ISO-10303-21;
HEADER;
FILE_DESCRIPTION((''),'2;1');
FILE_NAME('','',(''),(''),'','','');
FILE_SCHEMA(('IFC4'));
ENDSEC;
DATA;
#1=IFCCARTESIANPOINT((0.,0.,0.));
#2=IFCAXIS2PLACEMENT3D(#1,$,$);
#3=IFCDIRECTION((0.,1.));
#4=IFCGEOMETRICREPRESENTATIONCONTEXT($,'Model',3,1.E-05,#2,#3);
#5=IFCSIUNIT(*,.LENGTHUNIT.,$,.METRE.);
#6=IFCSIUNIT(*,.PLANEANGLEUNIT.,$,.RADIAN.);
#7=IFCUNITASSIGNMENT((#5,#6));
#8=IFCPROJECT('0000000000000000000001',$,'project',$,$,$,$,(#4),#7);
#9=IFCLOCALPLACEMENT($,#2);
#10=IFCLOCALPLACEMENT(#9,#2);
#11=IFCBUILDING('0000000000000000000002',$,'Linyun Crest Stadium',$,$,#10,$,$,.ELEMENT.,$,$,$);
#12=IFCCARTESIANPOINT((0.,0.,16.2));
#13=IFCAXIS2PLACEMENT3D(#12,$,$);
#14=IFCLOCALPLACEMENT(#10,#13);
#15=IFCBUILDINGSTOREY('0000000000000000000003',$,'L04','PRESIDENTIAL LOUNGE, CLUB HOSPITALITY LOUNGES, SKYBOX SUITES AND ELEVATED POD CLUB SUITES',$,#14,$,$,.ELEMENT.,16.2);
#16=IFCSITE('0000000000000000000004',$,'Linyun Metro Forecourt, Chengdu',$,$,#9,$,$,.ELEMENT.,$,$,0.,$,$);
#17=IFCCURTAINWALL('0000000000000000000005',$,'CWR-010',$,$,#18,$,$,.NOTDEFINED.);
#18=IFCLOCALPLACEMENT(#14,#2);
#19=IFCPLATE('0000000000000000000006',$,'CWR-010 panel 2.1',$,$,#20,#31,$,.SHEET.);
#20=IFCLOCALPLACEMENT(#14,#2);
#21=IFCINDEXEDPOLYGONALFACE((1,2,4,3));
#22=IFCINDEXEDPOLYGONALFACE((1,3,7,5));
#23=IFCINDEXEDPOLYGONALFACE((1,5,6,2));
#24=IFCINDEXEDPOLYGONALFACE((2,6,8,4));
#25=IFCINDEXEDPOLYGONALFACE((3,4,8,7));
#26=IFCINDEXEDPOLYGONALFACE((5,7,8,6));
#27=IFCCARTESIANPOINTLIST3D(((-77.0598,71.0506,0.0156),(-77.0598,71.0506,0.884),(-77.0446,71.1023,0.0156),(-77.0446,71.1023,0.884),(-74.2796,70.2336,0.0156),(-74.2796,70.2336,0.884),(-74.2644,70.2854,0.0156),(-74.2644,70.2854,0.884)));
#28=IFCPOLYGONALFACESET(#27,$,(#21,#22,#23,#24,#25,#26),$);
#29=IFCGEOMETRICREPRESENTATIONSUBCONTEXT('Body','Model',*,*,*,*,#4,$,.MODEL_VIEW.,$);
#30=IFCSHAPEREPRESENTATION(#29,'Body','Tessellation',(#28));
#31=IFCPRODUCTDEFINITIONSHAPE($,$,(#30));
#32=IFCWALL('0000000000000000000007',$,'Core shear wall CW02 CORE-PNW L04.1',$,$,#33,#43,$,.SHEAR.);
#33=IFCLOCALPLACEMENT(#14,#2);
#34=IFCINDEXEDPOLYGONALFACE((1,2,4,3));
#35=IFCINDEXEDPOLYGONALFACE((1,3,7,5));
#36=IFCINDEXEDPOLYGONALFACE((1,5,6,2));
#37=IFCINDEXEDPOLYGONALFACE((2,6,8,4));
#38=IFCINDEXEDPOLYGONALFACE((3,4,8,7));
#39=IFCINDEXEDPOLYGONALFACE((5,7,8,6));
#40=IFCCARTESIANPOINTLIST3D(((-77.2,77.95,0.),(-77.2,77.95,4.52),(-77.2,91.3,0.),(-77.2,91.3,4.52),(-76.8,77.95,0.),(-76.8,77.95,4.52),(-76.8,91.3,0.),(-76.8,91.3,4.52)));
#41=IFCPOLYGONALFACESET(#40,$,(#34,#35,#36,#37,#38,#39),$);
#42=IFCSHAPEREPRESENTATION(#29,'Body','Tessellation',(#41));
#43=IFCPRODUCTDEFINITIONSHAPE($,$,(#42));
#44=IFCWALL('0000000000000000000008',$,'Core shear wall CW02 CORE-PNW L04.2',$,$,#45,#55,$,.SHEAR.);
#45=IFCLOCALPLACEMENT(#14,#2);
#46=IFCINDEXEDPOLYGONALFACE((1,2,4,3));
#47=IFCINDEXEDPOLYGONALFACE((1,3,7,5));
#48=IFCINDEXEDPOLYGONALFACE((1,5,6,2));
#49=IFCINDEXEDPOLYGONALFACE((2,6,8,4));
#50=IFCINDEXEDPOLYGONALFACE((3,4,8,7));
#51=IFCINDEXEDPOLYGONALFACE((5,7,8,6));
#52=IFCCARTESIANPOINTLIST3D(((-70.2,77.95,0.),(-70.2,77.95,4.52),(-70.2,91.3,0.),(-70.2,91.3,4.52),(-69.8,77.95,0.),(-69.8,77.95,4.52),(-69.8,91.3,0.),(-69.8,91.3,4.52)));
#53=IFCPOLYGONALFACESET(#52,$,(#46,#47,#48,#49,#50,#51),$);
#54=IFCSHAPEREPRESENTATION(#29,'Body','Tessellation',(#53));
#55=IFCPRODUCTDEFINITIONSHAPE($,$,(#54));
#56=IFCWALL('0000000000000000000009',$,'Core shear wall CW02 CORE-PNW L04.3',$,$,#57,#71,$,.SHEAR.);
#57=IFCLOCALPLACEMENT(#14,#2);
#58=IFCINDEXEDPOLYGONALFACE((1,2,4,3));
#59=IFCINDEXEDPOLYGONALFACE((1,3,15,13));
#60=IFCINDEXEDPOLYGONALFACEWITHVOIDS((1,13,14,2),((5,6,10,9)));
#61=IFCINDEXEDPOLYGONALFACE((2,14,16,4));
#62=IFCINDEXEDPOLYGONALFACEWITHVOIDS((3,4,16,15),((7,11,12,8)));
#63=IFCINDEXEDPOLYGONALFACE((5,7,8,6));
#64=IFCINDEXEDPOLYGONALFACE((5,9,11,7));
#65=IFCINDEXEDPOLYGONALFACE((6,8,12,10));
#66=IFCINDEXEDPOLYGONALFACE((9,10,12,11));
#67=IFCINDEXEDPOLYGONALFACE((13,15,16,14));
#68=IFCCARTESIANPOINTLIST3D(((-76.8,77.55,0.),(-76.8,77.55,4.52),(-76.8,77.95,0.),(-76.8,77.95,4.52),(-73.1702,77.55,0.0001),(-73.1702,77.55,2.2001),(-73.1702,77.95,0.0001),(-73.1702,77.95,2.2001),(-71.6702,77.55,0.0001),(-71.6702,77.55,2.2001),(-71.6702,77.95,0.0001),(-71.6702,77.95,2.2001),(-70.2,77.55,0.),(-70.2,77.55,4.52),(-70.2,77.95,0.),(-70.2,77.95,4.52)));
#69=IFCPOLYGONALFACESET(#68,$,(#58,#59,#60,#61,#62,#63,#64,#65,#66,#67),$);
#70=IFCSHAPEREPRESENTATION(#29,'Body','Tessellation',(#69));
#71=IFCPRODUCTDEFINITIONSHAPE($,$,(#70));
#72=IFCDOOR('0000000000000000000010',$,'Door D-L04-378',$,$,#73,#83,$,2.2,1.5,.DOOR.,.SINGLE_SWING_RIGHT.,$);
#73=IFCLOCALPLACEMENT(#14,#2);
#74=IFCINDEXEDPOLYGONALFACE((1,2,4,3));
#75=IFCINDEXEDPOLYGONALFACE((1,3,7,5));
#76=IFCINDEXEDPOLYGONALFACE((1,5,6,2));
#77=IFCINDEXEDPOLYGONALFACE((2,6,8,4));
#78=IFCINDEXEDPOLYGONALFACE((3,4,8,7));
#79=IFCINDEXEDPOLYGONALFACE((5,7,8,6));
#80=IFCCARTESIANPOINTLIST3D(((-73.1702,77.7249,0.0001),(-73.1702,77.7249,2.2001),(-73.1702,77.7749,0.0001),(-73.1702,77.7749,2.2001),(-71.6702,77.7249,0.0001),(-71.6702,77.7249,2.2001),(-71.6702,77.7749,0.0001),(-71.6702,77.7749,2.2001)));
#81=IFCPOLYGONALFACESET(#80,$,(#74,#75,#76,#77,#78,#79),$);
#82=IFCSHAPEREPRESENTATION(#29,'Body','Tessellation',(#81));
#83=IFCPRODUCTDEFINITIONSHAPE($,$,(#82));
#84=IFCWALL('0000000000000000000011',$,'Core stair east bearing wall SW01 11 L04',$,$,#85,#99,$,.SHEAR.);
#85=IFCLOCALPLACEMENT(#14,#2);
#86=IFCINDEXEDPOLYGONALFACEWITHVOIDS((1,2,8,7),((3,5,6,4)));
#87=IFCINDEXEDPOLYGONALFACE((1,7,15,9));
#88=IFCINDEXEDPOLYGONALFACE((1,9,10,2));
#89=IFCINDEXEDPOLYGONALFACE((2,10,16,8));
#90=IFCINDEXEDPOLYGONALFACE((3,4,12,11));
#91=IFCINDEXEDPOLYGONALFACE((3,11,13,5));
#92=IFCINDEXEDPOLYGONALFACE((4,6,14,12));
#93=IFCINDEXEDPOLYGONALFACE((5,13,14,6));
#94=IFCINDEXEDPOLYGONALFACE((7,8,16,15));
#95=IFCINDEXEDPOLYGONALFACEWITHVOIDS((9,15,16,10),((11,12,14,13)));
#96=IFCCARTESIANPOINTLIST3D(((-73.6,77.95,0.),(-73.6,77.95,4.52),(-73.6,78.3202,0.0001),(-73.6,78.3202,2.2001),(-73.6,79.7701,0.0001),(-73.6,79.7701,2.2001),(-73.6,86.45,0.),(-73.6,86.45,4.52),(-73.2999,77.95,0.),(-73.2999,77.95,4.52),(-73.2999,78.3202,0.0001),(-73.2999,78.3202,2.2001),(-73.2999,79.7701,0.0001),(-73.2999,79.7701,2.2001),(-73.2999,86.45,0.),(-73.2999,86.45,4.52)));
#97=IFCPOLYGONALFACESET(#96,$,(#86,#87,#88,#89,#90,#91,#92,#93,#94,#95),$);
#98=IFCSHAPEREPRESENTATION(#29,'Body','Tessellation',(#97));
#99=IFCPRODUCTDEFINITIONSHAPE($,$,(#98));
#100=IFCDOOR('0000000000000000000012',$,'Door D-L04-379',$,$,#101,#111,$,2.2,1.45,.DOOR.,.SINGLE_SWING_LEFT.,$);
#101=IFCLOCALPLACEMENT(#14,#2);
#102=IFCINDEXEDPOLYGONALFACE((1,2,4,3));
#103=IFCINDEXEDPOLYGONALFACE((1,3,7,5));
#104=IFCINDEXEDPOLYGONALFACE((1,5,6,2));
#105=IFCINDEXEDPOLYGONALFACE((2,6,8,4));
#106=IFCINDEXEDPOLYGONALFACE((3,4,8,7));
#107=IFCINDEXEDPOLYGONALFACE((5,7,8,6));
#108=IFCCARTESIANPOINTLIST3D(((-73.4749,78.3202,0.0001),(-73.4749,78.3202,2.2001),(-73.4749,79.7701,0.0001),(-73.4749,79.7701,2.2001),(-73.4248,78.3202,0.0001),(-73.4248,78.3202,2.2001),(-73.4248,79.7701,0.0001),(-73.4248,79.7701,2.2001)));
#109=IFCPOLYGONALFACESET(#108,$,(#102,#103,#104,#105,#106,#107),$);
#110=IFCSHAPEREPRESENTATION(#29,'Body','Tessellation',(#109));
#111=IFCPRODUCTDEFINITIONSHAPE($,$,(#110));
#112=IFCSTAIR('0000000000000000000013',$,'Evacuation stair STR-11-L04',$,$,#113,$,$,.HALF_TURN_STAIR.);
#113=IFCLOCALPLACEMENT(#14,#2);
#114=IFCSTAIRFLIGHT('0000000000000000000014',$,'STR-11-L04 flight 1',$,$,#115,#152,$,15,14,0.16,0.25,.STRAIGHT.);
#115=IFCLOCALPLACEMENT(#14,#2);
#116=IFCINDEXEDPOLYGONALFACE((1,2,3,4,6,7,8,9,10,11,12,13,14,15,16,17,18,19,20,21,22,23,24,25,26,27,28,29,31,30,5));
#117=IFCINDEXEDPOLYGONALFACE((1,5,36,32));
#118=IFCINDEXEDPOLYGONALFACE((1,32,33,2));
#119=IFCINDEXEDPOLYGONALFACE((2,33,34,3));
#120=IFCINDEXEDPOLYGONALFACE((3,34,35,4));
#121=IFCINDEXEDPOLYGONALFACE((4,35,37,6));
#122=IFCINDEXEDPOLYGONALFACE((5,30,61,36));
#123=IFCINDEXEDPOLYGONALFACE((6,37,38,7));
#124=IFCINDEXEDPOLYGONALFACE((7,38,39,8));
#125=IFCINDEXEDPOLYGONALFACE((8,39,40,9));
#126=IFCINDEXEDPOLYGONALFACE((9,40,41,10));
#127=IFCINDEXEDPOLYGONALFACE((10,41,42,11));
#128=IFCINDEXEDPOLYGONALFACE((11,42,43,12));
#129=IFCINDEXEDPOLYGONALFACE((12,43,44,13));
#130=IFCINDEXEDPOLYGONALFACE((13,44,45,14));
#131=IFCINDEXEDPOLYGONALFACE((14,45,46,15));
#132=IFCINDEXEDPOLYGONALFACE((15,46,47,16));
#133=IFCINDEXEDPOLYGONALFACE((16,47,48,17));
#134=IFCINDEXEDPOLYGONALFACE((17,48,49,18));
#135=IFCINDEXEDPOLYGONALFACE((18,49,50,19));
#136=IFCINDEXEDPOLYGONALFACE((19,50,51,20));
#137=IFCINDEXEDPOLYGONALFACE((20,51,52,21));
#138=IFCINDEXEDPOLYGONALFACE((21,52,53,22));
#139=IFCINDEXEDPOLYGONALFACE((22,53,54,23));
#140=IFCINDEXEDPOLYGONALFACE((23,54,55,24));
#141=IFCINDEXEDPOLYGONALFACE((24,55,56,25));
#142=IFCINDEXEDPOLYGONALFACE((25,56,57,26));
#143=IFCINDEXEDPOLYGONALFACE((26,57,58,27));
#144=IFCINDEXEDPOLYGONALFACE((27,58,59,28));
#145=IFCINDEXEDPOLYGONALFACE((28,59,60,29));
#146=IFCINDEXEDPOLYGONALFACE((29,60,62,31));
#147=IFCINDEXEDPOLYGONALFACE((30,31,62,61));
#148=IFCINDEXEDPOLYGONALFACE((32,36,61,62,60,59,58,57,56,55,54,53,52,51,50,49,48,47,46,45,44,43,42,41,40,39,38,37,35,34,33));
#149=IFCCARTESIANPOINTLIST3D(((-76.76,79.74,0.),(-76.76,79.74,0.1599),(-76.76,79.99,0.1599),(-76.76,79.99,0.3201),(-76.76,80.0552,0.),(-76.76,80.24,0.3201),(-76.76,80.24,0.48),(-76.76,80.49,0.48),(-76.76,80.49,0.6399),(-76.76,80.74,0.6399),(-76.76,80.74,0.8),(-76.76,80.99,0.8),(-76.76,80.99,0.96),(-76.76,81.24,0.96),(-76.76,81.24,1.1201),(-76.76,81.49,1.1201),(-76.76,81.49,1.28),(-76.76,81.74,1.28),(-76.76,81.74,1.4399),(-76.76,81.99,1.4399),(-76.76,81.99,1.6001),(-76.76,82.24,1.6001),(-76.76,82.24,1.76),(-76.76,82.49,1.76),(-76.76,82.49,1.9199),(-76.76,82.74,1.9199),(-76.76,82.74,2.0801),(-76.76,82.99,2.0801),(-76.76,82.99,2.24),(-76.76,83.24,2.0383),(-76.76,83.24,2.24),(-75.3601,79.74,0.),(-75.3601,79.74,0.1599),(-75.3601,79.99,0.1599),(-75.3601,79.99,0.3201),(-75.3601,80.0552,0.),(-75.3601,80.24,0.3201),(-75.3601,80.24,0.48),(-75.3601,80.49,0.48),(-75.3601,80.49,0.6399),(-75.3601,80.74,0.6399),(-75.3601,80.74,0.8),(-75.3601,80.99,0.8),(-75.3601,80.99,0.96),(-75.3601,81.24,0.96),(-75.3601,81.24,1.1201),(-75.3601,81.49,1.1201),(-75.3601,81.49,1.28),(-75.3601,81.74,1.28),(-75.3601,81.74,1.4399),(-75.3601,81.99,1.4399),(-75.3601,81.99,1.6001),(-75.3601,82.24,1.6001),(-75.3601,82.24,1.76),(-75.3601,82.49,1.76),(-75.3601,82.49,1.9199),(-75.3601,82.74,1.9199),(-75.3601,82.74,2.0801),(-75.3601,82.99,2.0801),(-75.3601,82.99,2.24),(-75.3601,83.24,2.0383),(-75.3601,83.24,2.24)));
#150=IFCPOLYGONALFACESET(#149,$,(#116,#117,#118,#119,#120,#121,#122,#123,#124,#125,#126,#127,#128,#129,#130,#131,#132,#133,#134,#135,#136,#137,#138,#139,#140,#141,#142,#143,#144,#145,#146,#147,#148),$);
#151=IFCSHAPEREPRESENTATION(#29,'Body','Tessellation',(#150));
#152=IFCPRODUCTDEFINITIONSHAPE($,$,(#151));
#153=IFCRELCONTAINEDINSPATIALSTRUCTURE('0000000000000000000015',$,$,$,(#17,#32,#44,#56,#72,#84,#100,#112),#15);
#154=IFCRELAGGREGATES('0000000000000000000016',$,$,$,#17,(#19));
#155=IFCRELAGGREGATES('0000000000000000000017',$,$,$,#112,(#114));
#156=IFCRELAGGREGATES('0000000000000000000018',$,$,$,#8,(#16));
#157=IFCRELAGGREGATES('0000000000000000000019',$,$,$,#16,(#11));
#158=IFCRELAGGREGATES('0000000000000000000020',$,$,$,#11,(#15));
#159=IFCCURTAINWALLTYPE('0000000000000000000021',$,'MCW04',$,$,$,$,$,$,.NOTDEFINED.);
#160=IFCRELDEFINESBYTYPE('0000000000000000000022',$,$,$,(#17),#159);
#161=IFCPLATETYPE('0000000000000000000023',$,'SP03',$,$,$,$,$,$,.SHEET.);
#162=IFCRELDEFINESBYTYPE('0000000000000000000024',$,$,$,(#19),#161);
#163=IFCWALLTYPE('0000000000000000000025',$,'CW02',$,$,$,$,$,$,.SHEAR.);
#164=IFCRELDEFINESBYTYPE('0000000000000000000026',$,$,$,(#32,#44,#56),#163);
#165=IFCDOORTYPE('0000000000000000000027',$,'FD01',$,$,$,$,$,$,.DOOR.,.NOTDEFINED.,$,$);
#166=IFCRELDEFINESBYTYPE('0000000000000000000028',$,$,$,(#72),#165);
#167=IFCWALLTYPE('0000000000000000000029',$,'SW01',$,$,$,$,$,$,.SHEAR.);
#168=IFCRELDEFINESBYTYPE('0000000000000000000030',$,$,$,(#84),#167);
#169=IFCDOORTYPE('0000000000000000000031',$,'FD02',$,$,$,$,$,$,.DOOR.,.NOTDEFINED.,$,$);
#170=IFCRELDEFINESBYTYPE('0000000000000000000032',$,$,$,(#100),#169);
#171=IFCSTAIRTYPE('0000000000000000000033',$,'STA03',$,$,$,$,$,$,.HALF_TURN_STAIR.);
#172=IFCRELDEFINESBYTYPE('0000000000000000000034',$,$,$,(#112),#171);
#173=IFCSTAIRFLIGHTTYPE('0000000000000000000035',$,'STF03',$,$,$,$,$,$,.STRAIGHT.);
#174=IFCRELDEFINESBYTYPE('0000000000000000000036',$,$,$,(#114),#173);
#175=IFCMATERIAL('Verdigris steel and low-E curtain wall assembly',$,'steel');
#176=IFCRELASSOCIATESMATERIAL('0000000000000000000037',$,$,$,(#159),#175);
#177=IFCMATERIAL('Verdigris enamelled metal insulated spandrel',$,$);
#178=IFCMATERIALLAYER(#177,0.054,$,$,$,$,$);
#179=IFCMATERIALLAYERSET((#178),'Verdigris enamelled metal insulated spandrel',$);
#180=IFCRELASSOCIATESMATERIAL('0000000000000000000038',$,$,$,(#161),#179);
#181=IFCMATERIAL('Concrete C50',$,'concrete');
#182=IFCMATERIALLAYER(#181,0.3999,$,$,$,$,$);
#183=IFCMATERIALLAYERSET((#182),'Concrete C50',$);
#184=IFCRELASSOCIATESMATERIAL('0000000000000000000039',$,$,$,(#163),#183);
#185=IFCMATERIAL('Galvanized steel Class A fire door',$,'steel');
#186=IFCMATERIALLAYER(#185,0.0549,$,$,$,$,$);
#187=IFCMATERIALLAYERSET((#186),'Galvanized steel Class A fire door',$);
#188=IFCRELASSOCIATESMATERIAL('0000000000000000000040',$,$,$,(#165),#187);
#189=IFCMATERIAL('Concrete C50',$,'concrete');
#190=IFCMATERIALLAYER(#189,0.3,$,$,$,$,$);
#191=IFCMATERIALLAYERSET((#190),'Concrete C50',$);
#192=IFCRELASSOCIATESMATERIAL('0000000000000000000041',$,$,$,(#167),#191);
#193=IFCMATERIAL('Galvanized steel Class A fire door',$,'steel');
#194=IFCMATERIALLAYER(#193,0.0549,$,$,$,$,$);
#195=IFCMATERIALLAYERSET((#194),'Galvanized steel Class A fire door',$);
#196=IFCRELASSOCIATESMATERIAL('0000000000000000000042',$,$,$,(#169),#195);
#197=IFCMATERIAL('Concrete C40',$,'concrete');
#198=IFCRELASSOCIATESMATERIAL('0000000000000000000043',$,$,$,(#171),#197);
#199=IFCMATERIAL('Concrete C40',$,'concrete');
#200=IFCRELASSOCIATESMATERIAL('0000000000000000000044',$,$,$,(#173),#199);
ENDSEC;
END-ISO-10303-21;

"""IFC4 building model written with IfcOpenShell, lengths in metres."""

from ifc_helpers import new_model, si_unit, direction, frame, frame_2d, origin, origin_2d, place, context, subcontext, project, spatial, polyline, rectangle, outline, extrude, material, layer, layer_set, type_object, element, fill, aggregate, save


model = new_model("IFC4")

# Units and contexts
model_context = context("Model", 3, precision=1e-05, world=origin(), true_north=direction((0.0, 1.0)))
body_context = subcontext(model_context, "Body", "Model", "MODEL_VIEW")
ifc_project = project(units=[si_unit("LENGTHUNIT", "METRE"), si_unit("PLANEANGLEUNIT", "RADIAN")], contexts=[model_context])

# Site, building, storey
site_placement = place(None, origin())
site = spatial("IfcSite", under=ifc_project, at=site_placement, Name="Linyun Metro Forecourt, Chengdu", CompositionType="ELEMENT", RefElevation=0.0)
building_placement = place(site_placement, origin())
building = spatial("IfcBuilding", under=site, at=building_placement, Name="Linyun Crest Stadium", CompositionType="ELEMENT")
storey_placement = place(building_placement, frame((0.0, 0.0, 16.2)))
storey = spatial("IfcBuildingStorey", under=building, at=storey_placement, Name="L04", Description="PRESIDENTIAL LOUNGE, CLUB HOSPITALITY LOUNGES, SKYBOX SUITES AND ELEVATED POD CLUB SUITES", CompositionType="ELEMENT", Elevation=16.2)

# Shared definitions
ifc_material_1 = material(Name="Verdigris steel and low-E curtain wall assembly", Category="steel")
curtain_wall_type = type_object("IfcCurtainWallType", Name="MCW04", PredefinedType="NOTDEFINED", material=ifc_material_1)

# Curtain wall, plate
curtain_wall_1_placement = place(storey_placement, origin())
curtain_wall_1 = element("IfcCurtainWall", 1, at=curtain_wall_1_placement, inside=storey, type_object=curtain_wall_type, Name="CWR-010", PredefinedType="NOTDEFINED")
ifc_material_2 = material(Name="Verdigris enamelled metal insulated spandrel")
ifc_layer_1 = layer(ifc_material_2, 0.054)
ifc_layer_set_1 = layer_set([ifc_layer_1], Name="Verdigris enamelled metal insulated spandrel")
plate_type_1 = type_object("IfcPlateType", Name="SP03", PredefinedType="SHEET", material=ifc_layer_set_1)
plate_1_placement = place(storey_placement, frame((-75.6621, 70.668, 0.0156), z_axis=(0.0, 0.0, 1.0), x_axis=(0.959437, -0.281923, 0.0)))
plate_1 = element("IfcPlate", 2, at=plate_1_placement, type_object=plate_type_1, Name="CWR-010 panel 2.1", PredefinedType="SHEET", context=body_context, shape_type="SweptSolid", body=[
    extrude(rectangle(XDim=2.8977, YDim=0.054, at=origin_2d()), origin(), (0.0, 0.0, 1.0), 0.8684),
])
aggregate(curtain_wall_1, [plate_1])

# Walls
ifc_material_3 = material(Name="Concrete C50", Category="concrete")
ifc_layer_2 = layer(ifc_material_3, 0.3999)
ifc_layer_set_2 = layer_set([ifc_layer_2], Name="Concrete C50")
wall_type_1 = type_object("IfcWallType", Name="CW02", PredefinedType="SHEAR", material=ifc_layer_set_2)
for number, where, z_axis, x_axis, name in (
    (3, (-77.0, 77.95, 0.0), (0.0, 0.0, 1.0), (0.0, 1.0, 0.0), "Core shear wall CW02 CORE-PNW L04.1"),
    (4, (-70.0, 77.95, 0.0), (0.0, 0.0, 1.0), (0.0, 1.0, 0.0), "Core shear wall CW02 CORE-PNW L04.2"),
):
    element("IfcWall", number, at=place(storey_placement, frame(where, z_axis=z_axis, x_axis=x_axis)), inside=storey, type_object=wall_type_1, Name=name, PredefinedType="SHEAR", context=body_context, shape_type="SweptSolid", body=[
        extrude(rectangle(XDim=13.3501, YDim=0.3999, at=frame_2d((6.675, 0.0))), origin(), (0.0, 0.0, 1.0), 4.52),
    ])

# Walls, openings, doors
wall_1_placement = place(storey_placement, frame((-76.8, 77.75, 0.0), z_axis=(0.0, 0.0, 1.0), x_axis=(1.0, 0.0, 0.0)))
wall_1 = element("IfcWall", 5, at=wall_1_placement, inside=storey, type_object=wall_type_1, Name="Core shear wall CW02 CORE-PNW L04.3", PredefinedType="SHEAR", context=body_context, shape_type="SweptSolid", body=[
    extrude(rectangle(XDim=6.6001, YDim=0.3999, at=frame_2d((3.3, 0.0))), origin(), (0.0, 0.0, 1.0), 4.52),
])
opening_1_placement = place(wall_1_placement, frame((3.6299, 0.0, 0.0)))
opening_1 = element("IfcOpeningElement", 6, at=opening_1_placement, cuts=wall_1, PredefinedType="OPENING", context=body_context, shape_type="SweptSolid", body=[
    extrude(rectangle(XDim=1.5, YDim=2.2, at=frame_2d((0.75, 1.1001))), frame((0.0, 0.21, 0.0), z_axis=(0.0, -1.0, 0.0), x_axis=(1.0, 0.0, 0.0)), (0.0, 0.0, 1.0), 0.4199),
])
ifc_material_4 = material(Name="Galvanized steel Class A fire door", Category="steel")
ifc_layer_3 = layer(ifc_material_4, 0.0549)
ifc_layer_set_3 = layer_set([ifc_layer_3], Name="Galvanized steel Class A fire door")
door_type_1 = type_object("IfcDoorType", Name="FD01", OperationType="NOTDEFINED", PredefinedType="DOOR", material=ifc_layer_set_3)
door_1_placement = place(opening_1_placement, origin())
door_1 = element("IfcDoor", 7, at=door_1_placement, inside=storey, type_object=door_type_1, Name="Door D-L04-378", OperationType="SINGLE_SWING_RIGHT", OverallHeight=2.2, OverallWidth=1.5, PredefinedType="DOOR", context=body_context, shape_type="SweptSolid", body=[
    extrude(rectangle(XDim=1.5, YDim=2.2, at=frame_2d((0.75, 1.1001))), frame((0.0, 0.0249, 0.0), z_axis=(0.0, -1.0, 0.0), x_axis=(1.0, 0.0, 0.0)), (0.0, 0.0, 1.0), 0.05),
])
fill(opening_1, door_1)
ifc_material_5 = material(Name="Concrete C50", Category="concrete")
ifc_layer_4 = layer(ifc_material_5, 0.3)
ifc_layer_set_4 = layer_set([ifc_layer_4], Name="Concrete C50")
wall_type_2 = type_object("IfcWallType", Name="SW01", PredefinedType="SHEAR", material=ifc_layer_set_4)
wall_2_placement = place(storey_placement, frame((-73.45, 77.95, 0.0), z_axis=(0.0, 0.0, 1.0), x_axis=(0.0, 1.0, 0.0)))
wall_2 = element("IfcWall", 8, at=wall_2_placement, inside=storey, type_object=wall_type_2, Name="Core stair east bearing wall SW01 11 L04", PredefinedType="SHEAR", context=body_context, shape_type="SweptSolid", body=[
    extrude(rectangle(XDim=8.5, YDim=0.3, at=frame_2d((4.25, 0.0))), origin(), (0.0, 0.0, 1.0), 4.52),
])
opening_2_placement = place(wall_2_placement, frame((0.3701, 0.0, 0.0)))
opening_2 = element("IfcOpeningElement", 9, at=opening_2_placement, cuts=wall_2, PredefinedType="OPENING", context=body_context, shape_type="SweptSolid", body=[
    extrude(rectangle(XDim=1.45, YDim=2.2, at=frame_2d((0.7251, 1.1001))), frame((0.0, 0.1599, 0.0), z_axis=(0.0, -1.0, 0.0), x_axis=(1.0, 0.0, 0.0)), (0.0, 0.0, 1.0), 0.3201),
])
ifc_material_6 = material(Name="Galvanized steel Class A fire door", Category="steel")
ifc_layer_5 = layer(ifc_material_6, 0.0549)
ifc_layer_set_5 = layer_set([ifc_layer_5], Name="Galvanized steel Class A fire door")
door_type_2 = type_object("IfcDoorType", Name="FD02", OperationType="NOTDEFINED", PredefinedType="DOOR", material=ifc_layer_set_5)
door_2_placement = place(opening_2_placement, origin())
door_2 = element("IfcDoor", 10, at=door_2_placement, inside=storey, type_object=door_type_2, Name="Door D-L04-379", OperationType="SINGLE_SWING_LEFT", OverallHeight=2.2, OverallWidth=1.45, PredefinedType="DOOR", context=body_context, shape_type="SweptSolid", body=[
    extrude(rectangle(XDim=1.45, YDim=2.2, at=frame_2d((0.7251, 1.1001))), frame((0.0, 0.0249, 0.0), z_axis=(0.0, -1.0, 0.0), x_axis=(1.0, 0.0, 0.0)), (0.0, 0.0, 1.0), 0.05),
])
fill(opening_2, door_2)

# Stair, stair flight
ifc_material_7 = material(Name="Concrete C40", Category="concrete")
stair_type = type_object("IfcStairType", Name="STA03", PredefinedType="HALF_TURN_STAIR", material=ifc_material_7)
stair_placement = place(storey_placement, origin())
stair = element("IfcStair", 11, at=stair_placement, inside=storey, type_object=stair_type, Name="Evacuation stair STR-11-L04", PredefinedType="HALF_TURN_STAIR")
ifc_material_8 = material(Name="Concrete C40", Category="concrete")
stair_flight_type = type_object("IfcStairFlightType", Name="STF03", PredefinedType="STRAIGHT", material=ifc_material_8)
stair_flight_placement = place(storey_placement, frame((-76.0601, 79.74, 0.0), z_axis=(0.0, 0.0, 1.0), x_axis=(0.0, 1.0, 0.0)))
stair_flight = element("IfcStairFlight", 12, at=stair_flight_placement, type_object=stair_flight_type, Name="STR-11-L04 flight 1", NumberOfRisers=15, NumberOfTreads=14, PredefinedType="STRAIGHT", RiserHeight=0.16, TreadLength=0.25, context=body_context, shape_type="SweptSolid", body=[
    extrude(outline(polyline([(0.0, 0.0), (0.0, 0.1599), (0.25, 0.1599), (0.25, 0.3201), (0.5, 0.3201), (0.5, 0.48), (0.75, 0.48), (0.75, 0.6399), (1.0, 0.6399), (1.0, 0.8), (1.25, 0.8), (1.25, 0.96), (1.5, 0.96), (1.5, 1.1201), (1.75, 1.1201), (1.75, 1.28), (2.0, 1.28), (2.0, 1.4399), (2.25, 1.4399), (2.25, 1.6001), (2.5, 1.6001), (2.5, 1.76), (2.75, 1.76), (2.75, 1.9199), (3.0, 1.9199), (3.0, 2.0801), (3.25, 2.0801), (3.25, 2.24), (3.5, 2.24), (3.5, 2.3999), (3.5, 2.0383), (0.3152, 0.0), (0.0, 0.0)])), frame((0.0, 0.7, 0.0), z_axis=(0.0, -1.0, 0.0), x_axis=(1.0, 0.0, 0.0)), (0.0, 0.0, 1.0), 1.3999),
])
aggregate(stair, [stair_flight])

save(model, "model.ifc")
